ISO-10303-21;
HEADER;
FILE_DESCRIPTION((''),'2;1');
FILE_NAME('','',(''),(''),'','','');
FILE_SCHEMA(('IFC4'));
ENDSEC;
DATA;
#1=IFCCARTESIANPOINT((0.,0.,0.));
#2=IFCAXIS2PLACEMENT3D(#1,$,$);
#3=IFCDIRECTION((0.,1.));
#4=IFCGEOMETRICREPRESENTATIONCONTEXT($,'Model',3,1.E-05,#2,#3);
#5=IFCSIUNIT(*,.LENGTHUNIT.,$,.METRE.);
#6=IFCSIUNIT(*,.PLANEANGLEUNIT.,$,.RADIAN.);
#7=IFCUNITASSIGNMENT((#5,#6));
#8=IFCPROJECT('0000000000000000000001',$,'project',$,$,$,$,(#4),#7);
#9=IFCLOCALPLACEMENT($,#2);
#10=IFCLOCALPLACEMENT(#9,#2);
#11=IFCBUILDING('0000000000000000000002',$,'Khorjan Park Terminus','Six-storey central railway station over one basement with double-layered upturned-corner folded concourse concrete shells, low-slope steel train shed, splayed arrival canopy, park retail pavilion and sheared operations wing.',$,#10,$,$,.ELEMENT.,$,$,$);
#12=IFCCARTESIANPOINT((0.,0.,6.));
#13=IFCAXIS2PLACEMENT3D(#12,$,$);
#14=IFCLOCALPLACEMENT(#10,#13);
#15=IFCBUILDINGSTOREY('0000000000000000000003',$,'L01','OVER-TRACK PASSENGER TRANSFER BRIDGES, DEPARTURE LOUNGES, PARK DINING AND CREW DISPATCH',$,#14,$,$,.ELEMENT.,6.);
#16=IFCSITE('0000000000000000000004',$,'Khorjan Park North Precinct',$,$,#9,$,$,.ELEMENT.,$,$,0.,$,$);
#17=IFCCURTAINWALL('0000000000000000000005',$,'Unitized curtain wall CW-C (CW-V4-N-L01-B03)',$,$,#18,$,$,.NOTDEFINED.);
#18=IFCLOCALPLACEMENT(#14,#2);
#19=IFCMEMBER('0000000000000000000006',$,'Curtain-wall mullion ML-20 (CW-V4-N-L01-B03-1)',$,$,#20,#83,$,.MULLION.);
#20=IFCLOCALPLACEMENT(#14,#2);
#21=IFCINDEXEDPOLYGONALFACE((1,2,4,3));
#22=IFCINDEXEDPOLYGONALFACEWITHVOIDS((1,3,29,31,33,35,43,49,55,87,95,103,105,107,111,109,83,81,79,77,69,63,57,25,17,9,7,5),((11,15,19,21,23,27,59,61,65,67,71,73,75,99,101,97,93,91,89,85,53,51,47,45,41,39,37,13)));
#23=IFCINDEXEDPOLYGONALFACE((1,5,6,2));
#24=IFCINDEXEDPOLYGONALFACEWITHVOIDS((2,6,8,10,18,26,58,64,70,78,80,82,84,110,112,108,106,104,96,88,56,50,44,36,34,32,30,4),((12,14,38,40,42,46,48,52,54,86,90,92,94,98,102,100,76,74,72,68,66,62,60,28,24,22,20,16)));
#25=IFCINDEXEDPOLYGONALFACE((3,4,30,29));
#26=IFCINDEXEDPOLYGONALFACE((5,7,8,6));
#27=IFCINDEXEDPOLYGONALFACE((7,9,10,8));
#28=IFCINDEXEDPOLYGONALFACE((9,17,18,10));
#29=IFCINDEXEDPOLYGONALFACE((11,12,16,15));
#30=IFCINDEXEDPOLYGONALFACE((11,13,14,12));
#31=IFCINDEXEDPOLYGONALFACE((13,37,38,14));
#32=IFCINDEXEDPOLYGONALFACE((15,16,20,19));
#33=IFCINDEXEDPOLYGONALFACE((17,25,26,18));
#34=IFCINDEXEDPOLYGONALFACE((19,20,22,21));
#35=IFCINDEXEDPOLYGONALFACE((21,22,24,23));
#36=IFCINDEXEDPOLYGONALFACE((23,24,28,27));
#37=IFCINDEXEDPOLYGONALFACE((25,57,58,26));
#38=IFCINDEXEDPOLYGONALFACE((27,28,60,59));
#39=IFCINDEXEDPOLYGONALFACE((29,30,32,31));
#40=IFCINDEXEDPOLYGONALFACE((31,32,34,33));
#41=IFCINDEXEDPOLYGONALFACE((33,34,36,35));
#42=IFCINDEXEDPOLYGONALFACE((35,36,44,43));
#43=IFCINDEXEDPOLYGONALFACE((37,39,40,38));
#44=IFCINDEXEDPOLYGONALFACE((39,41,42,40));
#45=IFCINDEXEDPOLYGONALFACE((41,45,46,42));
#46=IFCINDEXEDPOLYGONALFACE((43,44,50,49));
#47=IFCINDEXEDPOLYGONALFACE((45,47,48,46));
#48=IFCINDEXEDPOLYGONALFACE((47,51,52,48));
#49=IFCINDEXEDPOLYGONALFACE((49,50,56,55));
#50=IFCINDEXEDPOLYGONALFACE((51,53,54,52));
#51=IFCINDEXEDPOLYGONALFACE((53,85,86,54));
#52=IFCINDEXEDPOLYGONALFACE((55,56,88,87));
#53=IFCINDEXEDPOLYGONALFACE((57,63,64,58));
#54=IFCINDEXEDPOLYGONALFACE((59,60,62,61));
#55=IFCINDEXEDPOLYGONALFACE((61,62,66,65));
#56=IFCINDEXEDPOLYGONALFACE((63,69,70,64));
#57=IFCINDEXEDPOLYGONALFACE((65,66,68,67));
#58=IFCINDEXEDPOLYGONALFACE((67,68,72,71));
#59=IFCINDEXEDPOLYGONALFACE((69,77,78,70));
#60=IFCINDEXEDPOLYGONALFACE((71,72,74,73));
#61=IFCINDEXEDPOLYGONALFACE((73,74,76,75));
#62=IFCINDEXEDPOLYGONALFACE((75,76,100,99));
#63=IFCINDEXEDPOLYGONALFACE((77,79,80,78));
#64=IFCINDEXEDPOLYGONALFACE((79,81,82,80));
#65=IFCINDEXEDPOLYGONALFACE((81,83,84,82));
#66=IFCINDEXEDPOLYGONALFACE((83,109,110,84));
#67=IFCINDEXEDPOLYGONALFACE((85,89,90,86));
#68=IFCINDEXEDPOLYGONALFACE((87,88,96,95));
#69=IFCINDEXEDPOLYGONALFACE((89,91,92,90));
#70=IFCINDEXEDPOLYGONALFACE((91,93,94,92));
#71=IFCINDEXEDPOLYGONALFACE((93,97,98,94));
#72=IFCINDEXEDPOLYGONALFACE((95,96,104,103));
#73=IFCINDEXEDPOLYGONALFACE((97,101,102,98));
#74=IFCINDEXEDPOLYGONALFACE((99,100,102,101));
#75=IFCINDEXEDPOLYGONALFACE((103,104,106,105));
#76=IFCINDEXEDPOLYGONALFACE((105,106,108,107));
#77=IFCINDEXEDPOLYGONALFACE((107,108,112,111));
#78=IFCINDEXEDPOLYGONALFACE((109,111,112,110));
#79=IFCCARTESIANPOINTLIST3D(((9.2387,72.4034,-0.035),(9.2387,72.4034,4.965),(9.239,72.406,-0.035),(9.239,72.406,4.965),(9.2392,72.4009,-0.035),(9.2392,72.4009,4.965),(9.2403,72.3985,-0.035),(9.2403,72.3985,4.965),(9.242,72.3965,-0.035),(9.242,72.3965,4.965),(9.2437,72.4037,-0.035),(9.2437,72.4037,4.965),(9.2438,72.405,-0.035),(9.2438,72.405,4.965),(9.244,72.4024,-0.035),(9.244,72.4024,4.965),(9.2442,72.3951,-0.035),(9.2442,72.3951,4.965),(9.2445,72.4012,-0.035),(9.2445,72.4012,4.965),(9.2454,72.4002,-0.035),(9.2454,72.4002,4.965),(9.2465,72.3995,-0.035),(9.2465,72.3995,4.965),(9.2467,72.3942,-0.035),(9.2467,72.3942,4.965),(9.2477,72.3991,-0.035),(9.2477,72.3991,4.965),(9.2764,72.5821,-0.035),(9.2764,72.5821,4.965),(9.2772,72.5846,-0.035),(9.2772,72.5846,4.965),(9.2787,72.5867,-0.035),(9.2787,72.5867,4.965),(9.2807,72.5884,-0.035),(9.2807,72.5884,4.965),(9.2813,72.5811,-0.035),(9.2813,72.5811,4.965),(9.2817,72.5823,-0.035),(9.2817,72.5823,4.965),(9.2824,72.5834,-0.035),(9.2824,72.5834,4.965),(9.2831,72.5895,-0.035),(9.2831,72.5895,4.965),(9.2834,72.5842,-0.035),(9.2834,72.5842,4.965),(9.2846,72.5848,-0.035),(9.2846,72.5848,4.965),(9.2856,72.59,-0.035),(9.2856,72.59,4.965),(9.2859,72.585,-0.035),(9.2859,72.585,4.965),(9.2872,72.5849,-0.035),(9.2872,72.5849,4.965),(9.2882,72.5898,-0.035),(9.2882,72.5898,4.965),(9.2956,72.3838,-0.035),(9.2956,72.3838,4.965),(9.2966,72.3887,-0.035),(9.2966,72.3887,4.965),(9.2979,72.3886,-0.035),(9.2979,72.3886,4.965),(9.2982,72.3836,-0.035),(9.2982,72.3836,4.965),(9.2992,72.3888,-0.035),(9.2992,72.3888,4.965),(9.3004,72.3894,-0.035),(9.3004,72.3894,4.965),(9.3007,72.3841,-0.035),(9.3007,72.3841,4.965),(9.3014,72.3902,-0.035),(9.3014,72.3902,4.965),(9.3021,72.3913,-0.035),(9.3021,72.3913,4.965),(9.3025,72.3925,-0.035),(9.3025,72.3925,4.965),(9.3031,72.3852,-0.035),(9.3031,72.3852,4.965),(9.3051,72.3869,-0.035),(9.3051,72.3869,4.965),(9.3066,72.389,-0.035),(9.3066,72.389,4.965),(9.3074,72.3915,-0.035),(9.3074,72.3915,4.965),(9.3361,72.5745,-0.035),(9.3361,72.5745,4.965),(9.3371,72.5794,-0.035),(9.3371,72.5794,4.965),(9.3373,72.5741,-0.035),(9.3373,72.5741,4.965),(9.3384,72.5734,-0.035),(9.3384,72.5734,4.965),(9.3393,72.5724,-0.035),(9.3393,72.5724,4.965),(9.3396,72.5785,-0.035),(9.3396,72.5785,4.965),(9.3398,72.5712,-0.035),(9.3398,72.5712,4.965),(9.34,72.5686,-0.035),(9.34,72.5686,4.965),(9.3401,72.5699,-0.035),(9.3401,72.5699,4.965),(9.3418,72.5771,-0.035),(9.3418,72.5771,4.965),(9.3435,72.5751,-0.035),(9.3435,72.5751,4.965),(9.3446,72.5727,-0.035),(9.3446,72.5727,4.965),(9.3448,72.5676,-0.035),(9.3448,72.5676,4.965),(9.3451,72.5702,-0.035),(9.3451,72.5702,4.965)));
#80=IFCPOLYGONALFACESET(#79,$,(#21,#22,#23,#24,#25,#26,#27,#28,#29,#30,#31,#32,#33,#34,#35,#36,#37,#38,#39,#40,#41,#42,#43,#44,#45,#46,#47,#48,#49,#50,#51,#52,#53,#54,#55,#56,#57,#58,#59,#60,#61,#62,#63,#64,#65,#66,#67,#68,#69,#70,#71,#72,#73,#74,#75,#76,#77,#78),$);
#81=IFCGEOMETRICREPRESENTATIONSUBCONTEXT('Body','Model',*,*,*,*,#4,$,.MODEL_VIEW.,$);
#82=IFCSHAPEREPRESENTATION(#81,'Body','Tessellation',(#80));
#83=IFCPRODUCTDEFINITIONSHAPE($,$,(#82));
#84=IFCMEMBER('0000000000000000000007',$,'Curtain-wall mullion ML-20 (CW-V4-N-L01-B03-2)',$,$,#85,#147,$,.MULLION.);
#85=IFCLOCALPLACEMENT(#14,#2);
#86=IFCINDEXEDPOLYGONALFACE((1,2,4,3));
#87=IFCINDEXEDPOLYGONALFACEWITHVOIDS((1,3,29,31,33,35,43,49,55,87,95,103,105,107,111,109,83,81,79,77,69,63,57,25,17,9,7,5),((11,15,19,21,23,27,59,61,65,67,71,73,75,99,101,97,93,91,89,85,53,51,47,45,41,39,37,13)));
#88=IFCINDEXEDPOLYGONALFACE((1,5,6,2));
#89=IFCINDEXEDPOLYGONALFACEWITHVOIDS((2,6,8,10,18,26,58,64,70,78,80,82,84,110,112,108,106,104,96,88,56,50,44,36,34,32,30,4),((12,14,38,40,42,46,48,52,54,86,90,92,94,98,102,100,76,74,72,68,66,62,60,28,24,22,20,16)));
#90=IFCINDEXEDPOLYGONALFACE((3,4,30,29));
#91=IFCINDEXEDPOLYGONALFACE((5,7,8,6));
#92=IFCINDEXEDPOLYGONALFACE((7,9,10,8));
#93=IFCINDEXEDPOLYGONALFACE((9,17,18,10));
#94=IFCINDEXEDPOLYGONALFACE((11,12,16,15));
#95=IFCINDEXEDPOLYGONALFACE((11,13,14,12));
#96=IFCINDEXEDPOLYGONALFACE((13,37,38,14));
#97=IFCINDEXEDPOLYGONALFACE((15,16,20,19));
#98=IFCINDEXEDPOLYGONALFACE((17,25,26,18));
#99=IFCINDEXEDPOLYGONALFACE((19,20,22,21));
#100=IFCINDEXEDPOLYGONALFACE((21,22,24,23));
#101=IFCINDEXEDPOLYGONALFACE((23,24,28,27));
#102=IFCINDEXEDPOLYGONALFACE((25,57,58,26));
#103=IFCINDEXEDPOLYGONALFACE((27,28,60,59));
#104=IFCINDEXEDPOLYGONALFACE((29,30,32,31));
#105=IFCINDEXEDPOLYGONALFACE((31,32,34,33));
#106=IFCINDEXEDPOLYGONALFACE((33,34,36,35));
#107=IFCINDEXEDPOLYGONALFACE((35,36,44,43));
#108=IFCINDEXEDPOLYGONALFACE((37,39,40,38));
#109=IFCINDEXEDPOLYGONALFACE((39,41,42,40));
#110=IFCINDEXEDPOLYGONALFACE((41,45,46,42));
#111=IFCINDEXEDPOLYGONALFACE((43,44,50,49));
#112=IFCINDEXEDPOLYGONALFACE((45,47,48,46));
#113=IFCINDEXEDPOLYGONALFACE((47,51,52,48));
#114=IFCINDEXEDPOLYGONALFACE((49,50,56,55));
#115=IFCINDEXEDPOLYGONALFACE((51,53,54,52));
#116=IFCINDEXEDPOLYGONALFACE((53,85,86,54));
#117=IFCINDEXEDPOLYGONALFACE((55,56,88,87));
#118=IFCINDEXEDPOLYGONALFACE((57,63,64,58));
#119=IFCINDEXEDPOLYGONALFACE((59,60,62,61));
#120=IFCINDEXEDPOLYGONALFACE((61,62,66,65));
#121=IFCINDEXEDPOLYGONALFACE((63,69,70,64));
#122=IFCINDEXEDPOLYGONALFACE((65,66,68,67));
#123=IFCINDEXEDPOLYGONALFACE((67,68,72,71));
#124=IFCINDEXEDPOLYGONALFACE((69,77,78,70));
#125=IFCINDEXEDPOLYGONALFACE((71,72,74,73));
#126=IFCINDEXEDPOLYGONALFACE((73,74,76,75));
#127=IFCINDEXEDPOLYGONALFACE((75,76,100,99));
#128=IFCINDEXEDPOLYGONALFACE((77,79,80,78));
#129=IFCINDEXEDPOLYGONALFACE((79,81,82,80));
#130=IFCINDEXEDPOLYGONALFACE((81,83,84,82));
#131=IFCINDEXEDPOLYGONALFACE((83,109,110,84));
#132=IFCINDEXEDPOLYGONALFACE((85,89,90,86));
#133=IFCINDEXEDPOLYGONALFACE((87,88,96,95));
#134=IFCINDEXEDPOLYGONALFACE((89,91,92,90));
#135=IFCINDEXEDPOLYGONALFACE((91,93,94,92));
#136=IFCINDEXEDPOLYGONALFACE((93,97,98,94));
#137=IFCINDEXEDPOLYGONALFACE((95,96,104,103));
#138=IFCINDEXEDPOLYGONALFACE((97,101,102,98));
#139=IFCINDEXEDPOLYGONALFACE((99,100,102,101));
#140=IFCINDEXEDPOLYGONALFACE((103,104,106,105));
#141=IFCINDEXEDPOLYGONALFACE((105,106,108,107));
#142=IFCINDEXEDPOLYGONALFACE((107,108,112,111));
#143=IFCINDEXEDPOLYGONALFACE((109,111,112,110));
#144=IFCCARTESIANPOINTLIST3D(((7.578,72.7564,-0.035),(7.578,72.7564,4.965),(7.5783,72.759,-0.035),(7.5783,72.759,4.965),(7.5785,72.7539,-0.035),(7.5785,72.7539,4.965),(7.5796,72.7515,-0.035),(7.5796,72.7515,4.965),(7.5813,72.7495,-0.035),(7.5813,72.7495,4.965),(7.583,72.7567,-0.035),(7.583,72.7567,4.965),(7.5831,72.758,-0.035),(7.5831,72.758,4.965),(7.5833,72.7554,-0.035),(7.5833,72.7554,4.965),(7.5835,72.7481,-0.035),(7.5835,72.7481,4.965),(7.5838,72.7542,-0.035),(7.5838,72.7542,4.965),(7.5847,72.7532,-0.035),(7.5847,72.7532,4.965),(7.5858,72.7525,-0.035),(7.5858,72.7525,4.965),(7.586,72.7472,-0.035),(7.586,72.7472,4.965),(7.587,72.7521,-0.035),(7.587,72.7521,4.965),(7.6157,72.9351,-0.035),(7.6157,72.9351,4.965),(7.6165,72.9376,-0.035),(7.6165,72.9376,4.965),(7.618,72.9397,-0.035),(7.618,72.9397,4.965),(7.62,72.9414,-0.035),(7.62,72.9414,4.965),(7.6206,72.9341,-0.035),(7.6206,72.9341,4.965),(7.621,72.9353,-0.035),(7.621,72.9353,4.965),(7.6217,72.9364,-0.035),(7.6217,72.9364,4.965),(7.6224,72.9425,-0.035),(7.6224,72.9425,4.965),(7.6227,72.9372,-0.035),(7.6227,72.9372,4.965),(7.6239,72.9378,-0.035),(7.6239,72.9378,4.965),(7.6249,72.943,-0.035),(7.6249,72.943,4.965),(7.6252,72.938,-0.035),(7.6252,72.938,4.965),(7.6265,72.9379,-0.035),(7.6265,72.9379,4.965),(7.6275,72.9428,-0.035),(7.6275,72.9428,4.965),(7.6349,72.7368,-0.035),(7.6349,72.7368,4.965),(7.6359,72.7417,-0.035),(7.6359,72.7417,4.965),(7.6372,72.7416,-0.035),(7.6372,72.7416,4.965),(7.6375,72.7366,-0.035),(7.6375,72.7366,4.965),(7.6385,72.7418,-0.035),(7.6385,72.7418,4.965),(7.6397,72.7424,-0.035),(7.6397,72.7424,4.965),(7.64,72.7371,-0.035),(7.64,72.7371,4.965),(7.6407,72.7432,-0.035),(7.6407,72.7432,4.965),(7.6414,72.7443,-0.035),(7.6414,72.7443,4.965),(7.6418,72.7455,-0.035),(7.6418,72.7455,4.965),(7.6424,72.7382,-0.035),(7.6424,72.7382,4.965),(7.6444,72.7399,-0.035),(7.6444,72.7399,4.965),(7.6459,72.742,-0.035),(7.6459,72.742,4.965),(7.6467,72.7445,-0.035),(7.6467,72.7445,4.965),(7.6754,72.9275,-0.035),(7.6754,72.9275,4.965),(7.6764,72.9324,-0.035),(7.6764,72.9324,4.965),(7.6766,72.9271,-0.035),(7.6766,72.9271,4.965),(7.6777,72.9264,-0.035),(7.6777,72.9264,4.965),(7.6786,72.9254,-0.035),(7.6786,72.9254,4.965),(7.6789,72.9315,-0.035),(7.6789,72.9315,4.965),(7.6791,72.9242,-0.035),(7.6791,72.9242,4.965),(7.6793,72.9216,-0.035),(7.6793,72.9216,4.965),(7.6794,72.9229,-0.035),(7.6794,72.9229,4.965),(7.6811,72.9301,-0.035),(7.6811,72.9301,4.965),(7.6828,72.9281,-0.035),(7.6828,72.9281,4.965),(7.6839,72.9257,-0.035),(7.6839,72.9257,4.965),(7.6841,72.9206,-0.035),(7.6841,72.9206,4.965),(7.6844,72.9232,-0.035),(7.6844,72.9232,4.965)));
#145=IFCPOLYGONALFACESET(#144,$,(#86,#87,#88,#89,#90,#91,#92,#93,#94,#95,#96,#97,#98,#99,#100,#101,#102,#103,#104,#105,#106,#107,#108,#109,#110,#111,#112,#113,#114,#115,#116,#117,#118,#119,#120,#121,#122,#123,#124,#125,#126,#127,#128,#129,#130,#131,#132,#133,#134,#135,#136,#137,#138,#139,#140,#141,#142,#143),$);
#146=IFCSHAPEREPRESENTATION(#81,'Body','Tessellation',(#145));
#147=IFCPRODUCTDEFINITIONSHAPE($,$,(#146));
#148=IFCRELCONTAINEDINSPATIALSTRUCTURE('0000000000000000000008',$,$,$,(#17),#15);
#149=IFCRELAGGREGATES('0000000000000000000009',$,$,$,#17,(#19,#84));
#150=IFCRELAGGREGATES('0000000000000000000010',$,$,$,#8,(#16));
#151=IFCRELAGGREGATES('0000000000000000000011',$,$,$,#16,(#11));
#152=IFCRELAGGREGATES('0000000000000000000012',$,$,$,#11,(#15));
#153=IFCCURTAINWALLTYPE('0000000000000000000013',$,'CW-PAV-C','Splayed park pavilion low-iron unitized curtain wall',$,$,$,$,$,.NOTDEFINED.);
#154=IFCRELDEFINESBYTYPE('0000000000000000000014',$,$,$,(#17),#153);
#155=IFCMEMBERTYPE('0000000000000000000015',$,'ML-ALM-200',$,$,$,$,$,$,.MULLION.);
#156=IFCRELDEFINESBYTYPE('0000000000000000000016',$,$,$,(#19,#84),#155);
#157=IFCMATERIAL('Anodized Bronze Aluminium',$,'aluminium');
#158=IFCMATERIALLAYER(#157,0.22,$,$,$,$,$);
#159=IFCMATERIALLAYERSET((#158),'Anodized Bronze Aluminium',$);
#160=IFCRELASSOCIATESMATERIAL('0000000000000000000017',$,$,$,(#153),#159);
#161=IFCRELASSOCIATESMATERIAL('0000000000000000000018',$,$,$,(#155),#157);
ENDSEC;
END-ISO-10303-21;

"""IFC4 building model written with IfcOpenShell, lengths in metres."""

from ifc_helpers import new_model, si_unit, direction, frame, origin, origin_2d, place, context, subcontext, project, spatial, hollow_rectangle, extrude, material, layer, layer_set, material_profile, profile_set, type_object, element, aggregate, save


model = new_model("IFC4")

# Units and contexts
model_context = context("Model", 3, precision=1e-05, world=origin(), true_north=direction((0.0, 1.0)))
body_context = subcontext(model_context, "Body", "Model", "MODEL_VIEW")
ifc_project = project(units=[si_unit("LENGTHUNIT", "METRE"), si_unit("PLANEANGLEUNIT", "RADIAN")], contexts=[model_context])

# Site, building, storey
site_placement = place(None, origin())
site = spatial("IfcSite", under=ifc_project, at=site_placement, Name="Khorjan Park North Precinct", CompositionType="ELEMENT", RefElevation=0.0)
building_placement = place(site_placement, origin())
building = spatial("IfcBuilding", under=site, at=building_placement, Name="Khorjan Park Terminus", Description="Six-storey central railway station over one basement with double-layered upturned-corner folded concourse concrete shells, low-slope steel train shed, splayed arrival canopy, park retail pavilion and sheared operations wing.", CompositionType="ELEMENT")
storey_placement = place(building_placement, frame((0.0, 0.0, 6.0)))
storey = spatial("IfcBuildingStorey", under=building, at=storey_placement, Name="L01", Description="OVER-TRACK PASSENGER TRANSFER BRIDGES, DEPARTURE LOUNGES, PARK DINING AND CREW DISPATCH", CompositionType="ELEMENT", Elevation=6.0)

# Curtain wall, members
ifc_material_1 = material(Name="Anodized Bronze Aluminium", Category="aluminium")
ifc_layer_1 = layer(ifc_material_1, 0.22)
ifc_layer_set_1 = layer_set([ifc_layer_1], Name="Anodized Bronze Aluminium")
curtain_wall_type = type_object("IfcCurtainWallType", Name="CW-PAV-C", Description="Splayed park pavilion low-iron unitized curtain wall", PredefinedType="NOTDEFINED", material=ifc_layer_set_1)
curtain_wall_1_placement = place(storey_placement, origin())
curtain_wall_1 = element("IfcCurtainWall", 1, at=curtain_wall_1_placement, inside=storey, type_object=curtain_wall_type, Name="Unitized curtain wall CW-C (CW-V4-N-L01-B03)", PredefinedType="NOTDEFINED")
ifc_material_profile_1 = material_profile(ifc_material_1, hollow_rectangle(XDim=0.07, YDim=0.2, WallThickness=0.005, InnerFilletRadius=0.005, OuterFilletRadius=0.01, at=origin_2d()), Name="ALM 70x200x5")
ifc_profile_set_1 = profile_set([ifc_material_profile_1], Name="Anodized Bronze Aluminium")
member_type_1 = type_object("IfcMemberType", Name="ML-ALM-200", PredefinedType="MULLION", material=ifc_profile_set_1)
member_1_placement = place(storey_placement, frame((9.2919, 72.4868, -0.035), z_axis=(0.0, 0.0, 1.0), x_axis=(-0.978146, 0.207917, 0.0)))
member_1 = element("IfcMember", 2, at=member_1_placement, type_object=member_type_1, Name="Curtain-wall mullion ML-20 (CW-V4-N-L01-B03-1)", PredefinedType="MULLION", context=body_context, shape_type="SweptSolid", body=[
    extrude(hollow_rectangle(XDim=0.07, YDim=0.2, WallThickness=0.005, InnerFilletRadius=0.005, OuterFilletRadius=0.01, at=origin_2d()), origin(), (0.0, 0.0, 1.0), 5.0),
])
member_2_placement = place(storey_placement, frame((7.6312, 72.8398, -0.035), z_axis=(0.0, 0.0, 1.0), x_axis=(-0.978146, 0.207917, 0.0)))
member_2 = element("IfcMember", 3, at=member_2_placement, type_object=member_type_1, Name="Curtain-wall mullion ML-20 (CW-V4-N-L01-B03-2)", PredefinedType="MULLION", context=body_context, shape_type="SweptSolid", body=[
    extrude(hollow_rectangle(XDim=0.07, YDim=0.2, WallThickness=0.005, InnerFilletRadius=0.005, OuterFilletRadius=0.01, at=origin_2d()), origin(), (0.0, 0.0, 1.0), 5.0),
])

aggregate(curtain_wall_1, [member_1, member_2])

save(model, "model.ifc")
